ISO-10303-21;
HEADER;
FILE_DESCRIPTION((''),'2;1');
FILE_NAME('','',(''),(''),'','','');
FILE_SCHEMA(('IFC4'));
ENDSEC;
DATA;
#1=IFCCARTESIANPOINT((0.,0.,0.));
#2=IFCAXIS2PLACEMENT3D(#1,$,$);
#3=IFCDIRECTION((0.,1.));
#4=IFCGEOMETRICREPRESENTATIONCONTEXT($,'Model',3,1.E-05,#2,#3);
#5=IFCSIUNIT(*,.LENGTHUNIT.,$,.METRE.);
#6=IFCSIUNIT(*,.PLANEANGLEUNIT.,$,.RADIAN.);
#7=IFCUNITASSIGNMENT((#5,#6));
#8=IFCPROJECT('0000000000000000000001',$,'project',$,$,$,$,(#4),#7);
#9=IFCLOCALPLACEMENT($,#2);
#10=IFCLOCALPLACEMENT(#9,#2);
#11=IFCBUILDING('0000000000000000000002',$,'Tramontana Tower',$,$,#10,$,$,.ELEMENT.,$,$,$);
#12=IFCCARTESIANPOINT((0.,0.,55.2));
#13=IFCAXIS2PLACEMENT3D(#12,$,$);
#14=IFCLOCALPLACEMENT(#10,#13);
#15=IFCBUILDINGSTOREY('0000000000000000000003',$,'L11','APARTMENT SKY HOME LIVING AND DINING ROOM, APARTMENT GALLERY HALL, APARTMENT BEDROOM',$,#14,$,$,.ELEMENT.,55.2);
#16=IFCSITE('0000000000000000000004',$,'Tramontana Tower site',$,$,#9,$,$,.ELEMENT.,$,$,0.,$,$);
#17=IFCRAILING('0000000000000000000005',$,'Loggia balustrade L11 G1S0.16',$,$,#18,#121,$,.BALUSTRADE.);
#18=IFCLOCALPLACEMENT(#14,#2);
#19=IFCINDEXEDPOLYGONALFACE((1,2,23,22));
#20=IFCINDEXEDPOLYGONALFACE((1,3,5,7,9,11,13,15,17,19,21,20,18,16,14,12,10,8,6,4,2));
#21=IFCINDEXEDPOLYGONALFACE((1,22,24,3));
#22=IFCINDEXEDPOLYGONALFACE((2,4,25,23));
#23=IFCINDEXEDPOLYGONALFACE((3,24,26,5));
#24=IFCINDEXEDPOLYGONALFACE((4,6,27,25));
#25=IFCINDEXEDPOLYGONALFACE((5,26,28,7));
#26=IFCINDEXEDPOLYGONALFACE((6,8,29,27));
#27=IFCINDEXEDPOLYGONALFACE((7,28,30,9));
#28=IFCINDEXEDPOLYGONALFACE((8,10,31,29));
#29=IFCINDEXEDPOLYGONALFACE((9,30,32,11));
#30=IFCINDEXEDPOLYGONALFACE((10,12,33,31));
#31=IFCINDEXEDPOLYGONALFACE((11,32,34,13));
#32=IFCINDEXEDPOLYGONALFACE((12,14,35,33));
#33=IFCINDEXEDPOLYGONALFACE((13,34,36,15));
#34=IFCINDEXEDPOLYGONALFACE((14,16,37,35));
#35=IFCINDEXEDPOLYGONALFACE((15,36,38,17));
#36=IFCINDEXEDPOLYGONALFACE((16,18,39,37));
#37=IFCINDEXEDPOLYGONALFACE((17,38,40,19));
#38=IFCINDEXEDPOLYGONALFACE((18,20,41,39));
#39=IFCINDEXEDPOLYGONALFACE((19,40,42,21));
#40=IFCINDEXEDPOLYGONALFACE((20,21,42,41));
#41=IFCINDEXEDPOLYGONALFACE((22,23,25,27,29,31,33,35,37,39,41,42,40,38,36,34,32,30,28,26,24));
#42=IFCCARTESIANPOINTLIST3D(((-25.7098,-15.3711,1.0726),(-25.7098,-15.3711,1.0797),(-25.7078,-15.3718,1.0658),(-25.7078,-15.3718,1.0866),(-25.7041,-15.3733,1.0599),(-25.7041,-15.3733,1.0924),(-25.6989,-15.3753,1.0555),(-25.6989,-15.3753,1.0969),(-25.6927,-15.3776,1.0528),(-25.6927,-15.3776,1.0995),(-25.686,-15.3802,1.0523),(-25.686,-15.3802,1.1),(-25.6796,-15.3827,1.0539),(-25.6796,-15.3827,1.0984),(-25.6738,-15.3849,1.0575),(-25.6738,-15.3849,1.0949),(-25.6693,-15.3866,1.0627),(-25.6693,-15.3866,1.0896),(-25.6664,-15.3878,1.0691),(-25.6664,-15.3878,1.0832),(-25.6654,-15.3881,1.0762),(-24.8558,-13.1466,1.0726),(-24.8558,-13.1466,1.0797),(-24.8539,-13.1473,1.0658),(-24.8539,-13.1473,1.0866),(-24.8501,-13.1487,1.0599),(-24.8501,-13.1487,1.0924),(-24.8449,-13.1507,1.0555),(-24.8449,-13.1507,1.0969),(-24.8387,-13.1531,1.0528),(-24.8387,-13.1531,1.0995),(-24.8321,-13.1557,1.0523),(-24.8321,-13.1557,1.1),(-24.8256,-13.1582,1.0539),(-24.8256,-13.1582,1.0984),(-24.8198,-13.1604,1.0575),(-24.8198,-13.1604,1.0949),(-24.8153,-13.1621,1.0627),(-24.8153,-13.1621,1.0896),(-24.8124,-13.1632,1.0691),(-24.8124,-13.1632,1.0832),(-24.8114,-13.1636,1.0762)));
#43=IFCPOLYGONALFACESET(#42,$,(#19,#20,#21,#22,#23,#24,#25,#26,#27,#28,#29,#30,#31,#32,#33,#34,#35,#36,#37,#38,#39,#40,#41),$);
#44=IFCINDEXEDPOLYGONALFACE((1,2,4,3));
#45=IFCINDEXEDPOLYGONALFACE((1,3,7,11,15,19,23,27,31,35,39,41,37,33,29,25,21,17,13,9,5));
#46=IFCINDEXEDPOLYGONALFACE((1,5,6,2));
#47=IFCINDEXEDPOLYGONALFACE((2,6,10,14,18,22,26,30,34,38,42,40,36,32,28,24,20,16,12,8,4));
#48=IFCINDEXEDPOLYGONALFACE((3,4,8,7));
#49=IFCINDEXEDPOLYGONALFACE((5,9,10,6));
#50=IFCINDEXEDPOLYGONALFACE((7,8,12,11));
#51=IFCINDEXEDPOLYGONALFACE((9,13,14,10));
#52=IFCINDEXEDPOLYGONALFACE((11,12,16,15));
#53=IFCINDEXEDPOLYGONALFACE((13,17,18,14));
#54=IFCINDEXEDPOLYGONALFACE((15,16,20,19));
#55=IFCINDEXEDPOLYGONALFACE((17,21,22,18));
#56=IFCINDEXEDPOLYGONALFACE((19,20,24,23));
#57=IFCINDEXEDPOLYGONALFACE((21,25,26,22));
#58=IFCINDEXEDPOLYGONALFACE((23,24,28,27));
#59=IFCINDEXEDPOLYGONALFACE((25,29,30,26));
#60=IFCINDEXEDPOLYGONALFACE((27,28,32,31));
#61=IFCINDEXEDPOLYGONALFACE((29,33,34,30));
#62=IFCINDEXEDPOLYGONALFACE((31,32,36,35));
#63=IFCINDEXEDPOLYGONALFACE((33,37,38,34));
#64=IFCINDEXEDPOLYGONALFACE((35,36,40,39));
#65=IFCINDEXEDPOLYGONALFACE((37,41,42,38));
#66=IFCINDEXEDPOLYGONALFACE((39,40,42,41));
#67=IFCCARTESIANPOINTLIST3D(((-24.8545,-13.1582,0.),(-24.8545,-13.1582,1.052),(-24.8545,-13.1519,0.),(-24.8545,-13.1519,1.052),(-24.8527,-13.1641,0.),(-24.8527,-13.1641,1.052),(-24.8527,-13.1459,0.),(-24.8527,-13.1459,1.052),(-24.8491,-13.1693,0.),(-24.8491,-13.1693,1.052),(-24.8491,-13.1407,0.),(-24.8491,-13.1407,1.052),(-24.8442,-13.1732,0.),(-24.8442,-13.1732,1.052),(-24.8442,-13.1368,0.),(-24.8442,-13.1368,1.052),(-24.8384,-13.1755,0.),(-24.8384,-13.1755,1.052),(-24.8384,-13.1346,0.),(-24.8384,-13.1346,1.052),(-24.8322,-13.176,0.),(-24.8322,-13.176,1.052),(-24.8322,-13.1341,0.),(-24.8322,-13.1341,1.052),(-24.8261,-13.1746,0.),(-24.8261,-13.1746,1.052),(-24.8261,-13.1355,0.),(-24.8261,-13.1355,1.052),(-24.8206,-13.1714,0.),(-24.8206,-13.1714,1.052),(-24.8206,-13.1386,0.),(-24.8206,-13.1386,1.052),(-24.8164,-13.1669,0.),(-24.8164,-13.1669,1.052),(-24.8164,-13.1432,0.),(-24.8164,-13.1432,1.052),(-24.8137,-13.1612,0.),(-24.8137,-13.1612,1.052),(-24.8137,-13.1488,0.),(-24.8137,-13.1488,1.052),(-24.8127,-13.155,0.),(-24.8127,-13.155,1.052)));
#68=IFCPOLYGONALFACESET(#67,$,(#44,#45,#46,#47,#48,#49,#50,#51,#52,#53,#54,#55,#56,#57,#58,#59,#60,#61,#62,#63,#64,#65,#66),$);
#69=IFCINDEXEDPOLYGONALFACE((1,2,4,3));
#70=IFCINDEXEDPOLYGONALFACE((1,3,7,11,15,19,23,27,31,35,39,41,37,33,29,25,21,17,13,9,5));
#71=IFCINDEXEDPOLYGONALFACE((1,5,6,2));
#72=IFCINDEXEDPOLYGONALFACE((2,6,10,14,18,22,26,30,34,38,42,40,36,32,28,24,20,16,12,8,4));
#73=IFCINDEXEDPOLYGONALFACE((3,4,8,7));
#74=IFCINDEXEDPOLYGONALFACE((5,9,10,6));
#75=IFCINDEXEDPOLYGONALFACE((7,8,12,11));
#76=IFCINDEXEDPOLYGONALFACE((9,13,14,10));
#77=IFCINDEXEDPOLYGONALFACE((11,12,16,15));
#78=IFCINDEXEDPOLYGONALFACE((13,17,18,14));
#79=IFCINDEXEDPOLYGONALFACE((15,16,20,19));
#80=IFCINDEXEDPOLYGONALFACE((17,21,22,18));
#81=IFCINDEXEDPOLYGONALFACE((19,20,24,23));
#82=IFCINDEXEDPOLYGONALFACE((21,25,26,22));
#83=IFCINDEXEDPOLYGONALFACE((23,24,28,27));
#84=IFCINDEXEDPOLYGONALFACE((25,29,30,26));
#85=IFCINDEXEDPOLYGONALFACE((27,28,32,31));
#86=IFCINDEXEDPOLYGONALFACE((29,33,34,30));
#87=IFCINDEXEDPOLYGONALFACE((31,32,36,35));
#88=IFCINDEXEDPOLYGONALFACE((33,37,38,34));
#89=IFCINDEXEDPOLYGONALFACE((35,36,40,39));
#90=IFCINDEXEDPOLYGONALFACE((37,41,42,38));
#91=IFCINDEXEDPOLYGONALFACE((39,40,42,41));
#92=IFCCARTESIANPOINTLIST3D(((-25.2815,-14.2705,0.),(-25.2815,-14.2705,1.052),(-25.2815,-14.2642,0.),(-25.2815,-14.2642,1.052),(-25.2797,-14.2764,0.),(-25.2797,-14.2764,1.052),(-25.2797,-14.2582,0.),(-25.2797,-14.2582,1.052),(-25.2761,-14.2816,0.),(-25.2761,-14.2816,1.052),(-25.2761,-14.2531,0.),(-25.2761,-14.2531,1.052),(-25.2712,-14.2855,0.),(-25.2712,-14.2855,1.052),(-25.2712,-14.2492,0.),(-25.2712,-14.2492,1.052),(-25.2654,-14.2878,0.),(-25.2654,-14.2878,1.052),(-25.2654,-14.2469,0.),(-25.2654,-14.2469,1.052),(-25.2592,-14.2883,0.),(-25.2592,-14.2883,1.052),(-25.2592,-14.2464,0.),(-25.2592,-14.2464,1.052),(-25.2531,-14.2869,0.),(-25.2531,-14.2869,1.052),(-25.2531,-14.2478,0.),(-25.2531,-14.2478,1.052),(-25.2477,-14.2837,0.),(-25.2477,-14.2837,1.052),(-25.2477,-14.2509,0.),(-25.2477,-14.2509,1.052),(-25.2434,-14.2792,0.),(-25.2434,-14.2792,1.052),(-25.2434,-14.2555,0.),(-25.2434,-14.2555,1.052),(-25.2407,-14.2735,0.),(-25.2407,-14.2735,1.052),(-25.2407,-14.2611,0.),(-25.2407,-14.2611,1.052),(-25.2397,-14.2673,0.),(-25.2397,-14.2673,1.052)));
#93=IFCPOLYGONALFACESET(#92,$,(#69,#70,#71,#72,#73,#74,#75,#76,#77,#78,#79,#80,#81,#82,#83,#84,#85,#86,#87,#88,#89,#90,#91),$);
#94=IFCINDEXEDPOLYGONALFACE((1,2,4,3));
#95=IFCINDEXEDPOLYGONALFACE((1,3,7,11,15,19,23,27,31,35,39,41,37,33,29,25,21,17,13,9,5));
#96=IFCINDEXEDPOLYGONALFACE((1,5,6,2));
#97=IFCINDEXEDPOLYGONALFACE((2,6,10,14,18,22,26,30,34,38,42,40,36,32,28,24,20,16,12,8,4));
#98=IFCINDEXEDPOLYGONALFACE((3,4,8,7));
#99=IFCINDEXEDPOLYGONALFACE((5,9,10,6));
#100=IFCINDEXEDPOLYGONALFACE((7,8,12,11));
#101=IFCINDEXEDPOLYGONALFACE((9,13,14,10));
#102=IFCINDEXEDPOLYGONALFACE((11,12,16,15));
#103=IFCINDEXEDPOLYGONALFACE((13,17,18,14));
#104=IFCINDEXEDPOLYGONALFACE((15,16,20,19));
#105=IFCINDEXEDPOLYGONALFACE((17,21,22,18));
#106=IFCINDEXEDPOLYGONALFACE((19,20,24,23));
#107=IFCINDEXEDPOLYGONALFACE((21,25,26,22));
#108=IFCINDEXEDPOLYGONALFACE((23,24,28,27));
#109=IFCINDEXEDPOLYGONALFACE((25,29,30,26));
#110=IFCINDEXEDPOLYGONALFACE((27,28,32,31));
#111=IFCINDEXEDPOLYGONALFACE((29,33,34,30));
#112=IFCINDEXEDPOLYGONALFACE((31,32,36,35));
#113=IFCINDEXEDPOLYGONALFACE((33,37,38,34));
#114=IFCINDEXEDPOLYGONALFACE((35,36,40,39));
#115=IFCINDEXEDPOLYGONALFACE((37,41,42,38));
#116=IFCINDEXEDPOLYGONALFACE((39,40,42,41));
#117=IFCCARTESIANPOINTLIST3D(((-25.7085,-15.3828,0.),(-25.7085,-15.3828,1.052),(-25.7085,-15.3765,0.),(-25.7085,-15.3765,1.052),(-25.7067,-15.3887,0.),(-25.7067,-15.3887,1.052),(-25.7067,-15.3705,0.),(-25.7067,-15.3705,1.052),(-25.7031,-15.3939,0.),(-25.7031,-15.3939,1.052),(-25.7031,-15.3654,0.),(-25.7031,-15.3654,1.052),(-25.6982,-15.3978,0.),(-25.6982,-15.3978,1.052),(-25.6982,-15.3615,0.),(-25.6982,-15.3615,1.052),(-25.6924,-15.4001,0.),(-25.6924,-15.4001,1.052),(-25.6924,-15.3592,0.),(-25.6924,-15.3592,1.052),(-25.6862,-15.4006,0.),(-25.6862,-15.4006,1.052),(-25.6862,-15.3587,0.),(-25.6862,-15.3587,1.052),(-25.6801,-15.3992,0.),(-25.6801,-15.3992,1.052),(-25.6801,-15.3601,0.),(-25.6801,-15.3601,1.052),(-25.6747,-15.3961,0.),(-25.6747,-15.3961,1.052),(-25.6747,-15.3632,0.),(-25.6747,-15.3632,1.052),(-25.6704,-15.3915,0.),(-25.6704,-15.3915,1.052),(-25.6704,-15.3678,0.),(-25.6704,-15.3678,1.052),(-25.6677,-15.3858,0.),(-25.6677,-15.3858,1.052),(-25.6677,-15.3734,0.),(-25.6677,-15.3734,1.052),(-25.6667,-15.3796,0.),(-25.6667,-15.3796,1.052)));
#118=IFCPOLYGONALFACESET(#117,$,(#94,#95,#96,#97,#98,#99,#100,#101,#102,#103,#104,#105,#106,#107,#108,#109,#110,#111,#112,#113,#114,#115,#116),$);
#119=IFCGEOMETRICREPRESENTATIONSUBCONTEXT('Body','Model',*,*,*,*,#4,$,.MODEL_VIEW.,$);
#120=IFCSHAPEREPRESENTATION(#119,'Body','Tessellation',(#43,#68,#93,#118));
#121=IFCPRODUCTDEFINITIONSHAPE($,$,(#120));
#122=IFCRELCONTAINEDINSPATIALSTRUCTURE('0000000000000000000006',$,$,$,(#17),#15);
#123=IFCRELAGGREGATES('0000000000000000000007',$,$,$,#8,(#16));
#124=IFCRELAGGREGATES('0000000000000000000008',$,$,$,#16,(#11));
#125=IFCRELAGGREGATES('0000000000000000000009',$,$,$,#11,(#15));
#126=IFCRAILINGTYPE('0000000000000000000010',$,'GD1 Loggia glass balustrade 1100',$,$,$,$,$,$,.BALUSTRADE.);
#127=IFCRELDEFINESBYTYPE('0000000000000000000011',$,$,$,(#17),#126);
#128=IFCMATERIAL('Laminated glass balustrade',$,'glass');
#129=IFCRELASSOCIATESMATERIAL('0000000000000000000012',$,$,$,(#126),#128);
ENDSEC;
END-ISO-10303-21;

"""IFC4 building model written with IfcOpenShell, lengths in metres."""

from ifc_helpers import new_model, si_unit, direction, frame, origin, origin_2d, place, context, subcontext, project, spatial, circle, extrude, material, type_object, element, save


model = new_model("IFC4")

# Units and contexts
model_context = context("Model", 3, precision=1e-05, world=origin(), true_north=direction((0.0, 1.0)))
body_context = subcontext(model_context, "Body", "Model", "MODEL_VIEW")
ifc_project = project(units=[si_unit("LENGTHUNIT", "METRE"), si_unit("PLANEANGLEUNIT", "RADIAN")], contexts=[model_context])

# Site, building, storey
site_placement = place(None, origin())
site = spatial("IfcSite", under=ifc_project, at=site_placement, Name="Tramontana Tower site", CompositionType="ELEMENT", RefElevation=0.0)
building_placement = place(site_placement, origin())
building = spatial("IfcBuilding", under=site, at=building_placement, Name="Tramontana Tower", CompositionType="ELEMENT")
storey_placement = place(building_placement, frame((0.0, 0.0, 55.2)))
storey = spatial("IfcBuildingStorey", under=building, at=storey_placement, Name="L11", Description="APARTMENT SKY HOME LIVING AND DINING ROOM, APARTMENT GALLERY HALL, APARTMENT BEDROOM", CompositionType="ELEMENT", Elevation=55.2)

# Railing
ifc_material_1 = material(Name="Laminated glass balustrade", Category="glass")
railing_type = type_object("IfcRailingType", Name="GD1 Loggia glass balustrade 1100", PredefinedType="BALUSTRADE", material=ifc_material_1)
railing_1_placement = place(storey_placement, frame((-24.8337, -13.155, 0.0)))
element("IfcRailing", 1, at=railing_1_placement, inside=storey, type_object=railing_type, Name="Loggia balustrade L11 G1S0.16", PredefinedType="BALUSTRADE", context=body_context, shape_type="SweptSolid", body=[
    extrude(circle(Radius=0.0239, at=origin_2d()), frame((0.0, 0.0, 1.0762), z_axis=(-0.358389, -0.933573, 0.0), x_axis=(0.933573, -0.358389, 0.0)), (0.0, 0.0, 1.0), 2.3828),
    extrude(circle(Radius=0.021, at=origin_2d()), origin(), (0.0, 0.0, 1.0), 1.052),
    extrude(circle(Radius=0.021, at=origin_2d()), frame((-0.427, -1.1123, 0.0)), (0.0, 0.0, 1.0), 1.052),
    extrude(circle(Radius=0.021, at=origin_2d()), frame((-0.854, -2.2246, 0.0)), (0.0, 0.0, 1.0), 1.052),
])

save(model, "model.ifc")
